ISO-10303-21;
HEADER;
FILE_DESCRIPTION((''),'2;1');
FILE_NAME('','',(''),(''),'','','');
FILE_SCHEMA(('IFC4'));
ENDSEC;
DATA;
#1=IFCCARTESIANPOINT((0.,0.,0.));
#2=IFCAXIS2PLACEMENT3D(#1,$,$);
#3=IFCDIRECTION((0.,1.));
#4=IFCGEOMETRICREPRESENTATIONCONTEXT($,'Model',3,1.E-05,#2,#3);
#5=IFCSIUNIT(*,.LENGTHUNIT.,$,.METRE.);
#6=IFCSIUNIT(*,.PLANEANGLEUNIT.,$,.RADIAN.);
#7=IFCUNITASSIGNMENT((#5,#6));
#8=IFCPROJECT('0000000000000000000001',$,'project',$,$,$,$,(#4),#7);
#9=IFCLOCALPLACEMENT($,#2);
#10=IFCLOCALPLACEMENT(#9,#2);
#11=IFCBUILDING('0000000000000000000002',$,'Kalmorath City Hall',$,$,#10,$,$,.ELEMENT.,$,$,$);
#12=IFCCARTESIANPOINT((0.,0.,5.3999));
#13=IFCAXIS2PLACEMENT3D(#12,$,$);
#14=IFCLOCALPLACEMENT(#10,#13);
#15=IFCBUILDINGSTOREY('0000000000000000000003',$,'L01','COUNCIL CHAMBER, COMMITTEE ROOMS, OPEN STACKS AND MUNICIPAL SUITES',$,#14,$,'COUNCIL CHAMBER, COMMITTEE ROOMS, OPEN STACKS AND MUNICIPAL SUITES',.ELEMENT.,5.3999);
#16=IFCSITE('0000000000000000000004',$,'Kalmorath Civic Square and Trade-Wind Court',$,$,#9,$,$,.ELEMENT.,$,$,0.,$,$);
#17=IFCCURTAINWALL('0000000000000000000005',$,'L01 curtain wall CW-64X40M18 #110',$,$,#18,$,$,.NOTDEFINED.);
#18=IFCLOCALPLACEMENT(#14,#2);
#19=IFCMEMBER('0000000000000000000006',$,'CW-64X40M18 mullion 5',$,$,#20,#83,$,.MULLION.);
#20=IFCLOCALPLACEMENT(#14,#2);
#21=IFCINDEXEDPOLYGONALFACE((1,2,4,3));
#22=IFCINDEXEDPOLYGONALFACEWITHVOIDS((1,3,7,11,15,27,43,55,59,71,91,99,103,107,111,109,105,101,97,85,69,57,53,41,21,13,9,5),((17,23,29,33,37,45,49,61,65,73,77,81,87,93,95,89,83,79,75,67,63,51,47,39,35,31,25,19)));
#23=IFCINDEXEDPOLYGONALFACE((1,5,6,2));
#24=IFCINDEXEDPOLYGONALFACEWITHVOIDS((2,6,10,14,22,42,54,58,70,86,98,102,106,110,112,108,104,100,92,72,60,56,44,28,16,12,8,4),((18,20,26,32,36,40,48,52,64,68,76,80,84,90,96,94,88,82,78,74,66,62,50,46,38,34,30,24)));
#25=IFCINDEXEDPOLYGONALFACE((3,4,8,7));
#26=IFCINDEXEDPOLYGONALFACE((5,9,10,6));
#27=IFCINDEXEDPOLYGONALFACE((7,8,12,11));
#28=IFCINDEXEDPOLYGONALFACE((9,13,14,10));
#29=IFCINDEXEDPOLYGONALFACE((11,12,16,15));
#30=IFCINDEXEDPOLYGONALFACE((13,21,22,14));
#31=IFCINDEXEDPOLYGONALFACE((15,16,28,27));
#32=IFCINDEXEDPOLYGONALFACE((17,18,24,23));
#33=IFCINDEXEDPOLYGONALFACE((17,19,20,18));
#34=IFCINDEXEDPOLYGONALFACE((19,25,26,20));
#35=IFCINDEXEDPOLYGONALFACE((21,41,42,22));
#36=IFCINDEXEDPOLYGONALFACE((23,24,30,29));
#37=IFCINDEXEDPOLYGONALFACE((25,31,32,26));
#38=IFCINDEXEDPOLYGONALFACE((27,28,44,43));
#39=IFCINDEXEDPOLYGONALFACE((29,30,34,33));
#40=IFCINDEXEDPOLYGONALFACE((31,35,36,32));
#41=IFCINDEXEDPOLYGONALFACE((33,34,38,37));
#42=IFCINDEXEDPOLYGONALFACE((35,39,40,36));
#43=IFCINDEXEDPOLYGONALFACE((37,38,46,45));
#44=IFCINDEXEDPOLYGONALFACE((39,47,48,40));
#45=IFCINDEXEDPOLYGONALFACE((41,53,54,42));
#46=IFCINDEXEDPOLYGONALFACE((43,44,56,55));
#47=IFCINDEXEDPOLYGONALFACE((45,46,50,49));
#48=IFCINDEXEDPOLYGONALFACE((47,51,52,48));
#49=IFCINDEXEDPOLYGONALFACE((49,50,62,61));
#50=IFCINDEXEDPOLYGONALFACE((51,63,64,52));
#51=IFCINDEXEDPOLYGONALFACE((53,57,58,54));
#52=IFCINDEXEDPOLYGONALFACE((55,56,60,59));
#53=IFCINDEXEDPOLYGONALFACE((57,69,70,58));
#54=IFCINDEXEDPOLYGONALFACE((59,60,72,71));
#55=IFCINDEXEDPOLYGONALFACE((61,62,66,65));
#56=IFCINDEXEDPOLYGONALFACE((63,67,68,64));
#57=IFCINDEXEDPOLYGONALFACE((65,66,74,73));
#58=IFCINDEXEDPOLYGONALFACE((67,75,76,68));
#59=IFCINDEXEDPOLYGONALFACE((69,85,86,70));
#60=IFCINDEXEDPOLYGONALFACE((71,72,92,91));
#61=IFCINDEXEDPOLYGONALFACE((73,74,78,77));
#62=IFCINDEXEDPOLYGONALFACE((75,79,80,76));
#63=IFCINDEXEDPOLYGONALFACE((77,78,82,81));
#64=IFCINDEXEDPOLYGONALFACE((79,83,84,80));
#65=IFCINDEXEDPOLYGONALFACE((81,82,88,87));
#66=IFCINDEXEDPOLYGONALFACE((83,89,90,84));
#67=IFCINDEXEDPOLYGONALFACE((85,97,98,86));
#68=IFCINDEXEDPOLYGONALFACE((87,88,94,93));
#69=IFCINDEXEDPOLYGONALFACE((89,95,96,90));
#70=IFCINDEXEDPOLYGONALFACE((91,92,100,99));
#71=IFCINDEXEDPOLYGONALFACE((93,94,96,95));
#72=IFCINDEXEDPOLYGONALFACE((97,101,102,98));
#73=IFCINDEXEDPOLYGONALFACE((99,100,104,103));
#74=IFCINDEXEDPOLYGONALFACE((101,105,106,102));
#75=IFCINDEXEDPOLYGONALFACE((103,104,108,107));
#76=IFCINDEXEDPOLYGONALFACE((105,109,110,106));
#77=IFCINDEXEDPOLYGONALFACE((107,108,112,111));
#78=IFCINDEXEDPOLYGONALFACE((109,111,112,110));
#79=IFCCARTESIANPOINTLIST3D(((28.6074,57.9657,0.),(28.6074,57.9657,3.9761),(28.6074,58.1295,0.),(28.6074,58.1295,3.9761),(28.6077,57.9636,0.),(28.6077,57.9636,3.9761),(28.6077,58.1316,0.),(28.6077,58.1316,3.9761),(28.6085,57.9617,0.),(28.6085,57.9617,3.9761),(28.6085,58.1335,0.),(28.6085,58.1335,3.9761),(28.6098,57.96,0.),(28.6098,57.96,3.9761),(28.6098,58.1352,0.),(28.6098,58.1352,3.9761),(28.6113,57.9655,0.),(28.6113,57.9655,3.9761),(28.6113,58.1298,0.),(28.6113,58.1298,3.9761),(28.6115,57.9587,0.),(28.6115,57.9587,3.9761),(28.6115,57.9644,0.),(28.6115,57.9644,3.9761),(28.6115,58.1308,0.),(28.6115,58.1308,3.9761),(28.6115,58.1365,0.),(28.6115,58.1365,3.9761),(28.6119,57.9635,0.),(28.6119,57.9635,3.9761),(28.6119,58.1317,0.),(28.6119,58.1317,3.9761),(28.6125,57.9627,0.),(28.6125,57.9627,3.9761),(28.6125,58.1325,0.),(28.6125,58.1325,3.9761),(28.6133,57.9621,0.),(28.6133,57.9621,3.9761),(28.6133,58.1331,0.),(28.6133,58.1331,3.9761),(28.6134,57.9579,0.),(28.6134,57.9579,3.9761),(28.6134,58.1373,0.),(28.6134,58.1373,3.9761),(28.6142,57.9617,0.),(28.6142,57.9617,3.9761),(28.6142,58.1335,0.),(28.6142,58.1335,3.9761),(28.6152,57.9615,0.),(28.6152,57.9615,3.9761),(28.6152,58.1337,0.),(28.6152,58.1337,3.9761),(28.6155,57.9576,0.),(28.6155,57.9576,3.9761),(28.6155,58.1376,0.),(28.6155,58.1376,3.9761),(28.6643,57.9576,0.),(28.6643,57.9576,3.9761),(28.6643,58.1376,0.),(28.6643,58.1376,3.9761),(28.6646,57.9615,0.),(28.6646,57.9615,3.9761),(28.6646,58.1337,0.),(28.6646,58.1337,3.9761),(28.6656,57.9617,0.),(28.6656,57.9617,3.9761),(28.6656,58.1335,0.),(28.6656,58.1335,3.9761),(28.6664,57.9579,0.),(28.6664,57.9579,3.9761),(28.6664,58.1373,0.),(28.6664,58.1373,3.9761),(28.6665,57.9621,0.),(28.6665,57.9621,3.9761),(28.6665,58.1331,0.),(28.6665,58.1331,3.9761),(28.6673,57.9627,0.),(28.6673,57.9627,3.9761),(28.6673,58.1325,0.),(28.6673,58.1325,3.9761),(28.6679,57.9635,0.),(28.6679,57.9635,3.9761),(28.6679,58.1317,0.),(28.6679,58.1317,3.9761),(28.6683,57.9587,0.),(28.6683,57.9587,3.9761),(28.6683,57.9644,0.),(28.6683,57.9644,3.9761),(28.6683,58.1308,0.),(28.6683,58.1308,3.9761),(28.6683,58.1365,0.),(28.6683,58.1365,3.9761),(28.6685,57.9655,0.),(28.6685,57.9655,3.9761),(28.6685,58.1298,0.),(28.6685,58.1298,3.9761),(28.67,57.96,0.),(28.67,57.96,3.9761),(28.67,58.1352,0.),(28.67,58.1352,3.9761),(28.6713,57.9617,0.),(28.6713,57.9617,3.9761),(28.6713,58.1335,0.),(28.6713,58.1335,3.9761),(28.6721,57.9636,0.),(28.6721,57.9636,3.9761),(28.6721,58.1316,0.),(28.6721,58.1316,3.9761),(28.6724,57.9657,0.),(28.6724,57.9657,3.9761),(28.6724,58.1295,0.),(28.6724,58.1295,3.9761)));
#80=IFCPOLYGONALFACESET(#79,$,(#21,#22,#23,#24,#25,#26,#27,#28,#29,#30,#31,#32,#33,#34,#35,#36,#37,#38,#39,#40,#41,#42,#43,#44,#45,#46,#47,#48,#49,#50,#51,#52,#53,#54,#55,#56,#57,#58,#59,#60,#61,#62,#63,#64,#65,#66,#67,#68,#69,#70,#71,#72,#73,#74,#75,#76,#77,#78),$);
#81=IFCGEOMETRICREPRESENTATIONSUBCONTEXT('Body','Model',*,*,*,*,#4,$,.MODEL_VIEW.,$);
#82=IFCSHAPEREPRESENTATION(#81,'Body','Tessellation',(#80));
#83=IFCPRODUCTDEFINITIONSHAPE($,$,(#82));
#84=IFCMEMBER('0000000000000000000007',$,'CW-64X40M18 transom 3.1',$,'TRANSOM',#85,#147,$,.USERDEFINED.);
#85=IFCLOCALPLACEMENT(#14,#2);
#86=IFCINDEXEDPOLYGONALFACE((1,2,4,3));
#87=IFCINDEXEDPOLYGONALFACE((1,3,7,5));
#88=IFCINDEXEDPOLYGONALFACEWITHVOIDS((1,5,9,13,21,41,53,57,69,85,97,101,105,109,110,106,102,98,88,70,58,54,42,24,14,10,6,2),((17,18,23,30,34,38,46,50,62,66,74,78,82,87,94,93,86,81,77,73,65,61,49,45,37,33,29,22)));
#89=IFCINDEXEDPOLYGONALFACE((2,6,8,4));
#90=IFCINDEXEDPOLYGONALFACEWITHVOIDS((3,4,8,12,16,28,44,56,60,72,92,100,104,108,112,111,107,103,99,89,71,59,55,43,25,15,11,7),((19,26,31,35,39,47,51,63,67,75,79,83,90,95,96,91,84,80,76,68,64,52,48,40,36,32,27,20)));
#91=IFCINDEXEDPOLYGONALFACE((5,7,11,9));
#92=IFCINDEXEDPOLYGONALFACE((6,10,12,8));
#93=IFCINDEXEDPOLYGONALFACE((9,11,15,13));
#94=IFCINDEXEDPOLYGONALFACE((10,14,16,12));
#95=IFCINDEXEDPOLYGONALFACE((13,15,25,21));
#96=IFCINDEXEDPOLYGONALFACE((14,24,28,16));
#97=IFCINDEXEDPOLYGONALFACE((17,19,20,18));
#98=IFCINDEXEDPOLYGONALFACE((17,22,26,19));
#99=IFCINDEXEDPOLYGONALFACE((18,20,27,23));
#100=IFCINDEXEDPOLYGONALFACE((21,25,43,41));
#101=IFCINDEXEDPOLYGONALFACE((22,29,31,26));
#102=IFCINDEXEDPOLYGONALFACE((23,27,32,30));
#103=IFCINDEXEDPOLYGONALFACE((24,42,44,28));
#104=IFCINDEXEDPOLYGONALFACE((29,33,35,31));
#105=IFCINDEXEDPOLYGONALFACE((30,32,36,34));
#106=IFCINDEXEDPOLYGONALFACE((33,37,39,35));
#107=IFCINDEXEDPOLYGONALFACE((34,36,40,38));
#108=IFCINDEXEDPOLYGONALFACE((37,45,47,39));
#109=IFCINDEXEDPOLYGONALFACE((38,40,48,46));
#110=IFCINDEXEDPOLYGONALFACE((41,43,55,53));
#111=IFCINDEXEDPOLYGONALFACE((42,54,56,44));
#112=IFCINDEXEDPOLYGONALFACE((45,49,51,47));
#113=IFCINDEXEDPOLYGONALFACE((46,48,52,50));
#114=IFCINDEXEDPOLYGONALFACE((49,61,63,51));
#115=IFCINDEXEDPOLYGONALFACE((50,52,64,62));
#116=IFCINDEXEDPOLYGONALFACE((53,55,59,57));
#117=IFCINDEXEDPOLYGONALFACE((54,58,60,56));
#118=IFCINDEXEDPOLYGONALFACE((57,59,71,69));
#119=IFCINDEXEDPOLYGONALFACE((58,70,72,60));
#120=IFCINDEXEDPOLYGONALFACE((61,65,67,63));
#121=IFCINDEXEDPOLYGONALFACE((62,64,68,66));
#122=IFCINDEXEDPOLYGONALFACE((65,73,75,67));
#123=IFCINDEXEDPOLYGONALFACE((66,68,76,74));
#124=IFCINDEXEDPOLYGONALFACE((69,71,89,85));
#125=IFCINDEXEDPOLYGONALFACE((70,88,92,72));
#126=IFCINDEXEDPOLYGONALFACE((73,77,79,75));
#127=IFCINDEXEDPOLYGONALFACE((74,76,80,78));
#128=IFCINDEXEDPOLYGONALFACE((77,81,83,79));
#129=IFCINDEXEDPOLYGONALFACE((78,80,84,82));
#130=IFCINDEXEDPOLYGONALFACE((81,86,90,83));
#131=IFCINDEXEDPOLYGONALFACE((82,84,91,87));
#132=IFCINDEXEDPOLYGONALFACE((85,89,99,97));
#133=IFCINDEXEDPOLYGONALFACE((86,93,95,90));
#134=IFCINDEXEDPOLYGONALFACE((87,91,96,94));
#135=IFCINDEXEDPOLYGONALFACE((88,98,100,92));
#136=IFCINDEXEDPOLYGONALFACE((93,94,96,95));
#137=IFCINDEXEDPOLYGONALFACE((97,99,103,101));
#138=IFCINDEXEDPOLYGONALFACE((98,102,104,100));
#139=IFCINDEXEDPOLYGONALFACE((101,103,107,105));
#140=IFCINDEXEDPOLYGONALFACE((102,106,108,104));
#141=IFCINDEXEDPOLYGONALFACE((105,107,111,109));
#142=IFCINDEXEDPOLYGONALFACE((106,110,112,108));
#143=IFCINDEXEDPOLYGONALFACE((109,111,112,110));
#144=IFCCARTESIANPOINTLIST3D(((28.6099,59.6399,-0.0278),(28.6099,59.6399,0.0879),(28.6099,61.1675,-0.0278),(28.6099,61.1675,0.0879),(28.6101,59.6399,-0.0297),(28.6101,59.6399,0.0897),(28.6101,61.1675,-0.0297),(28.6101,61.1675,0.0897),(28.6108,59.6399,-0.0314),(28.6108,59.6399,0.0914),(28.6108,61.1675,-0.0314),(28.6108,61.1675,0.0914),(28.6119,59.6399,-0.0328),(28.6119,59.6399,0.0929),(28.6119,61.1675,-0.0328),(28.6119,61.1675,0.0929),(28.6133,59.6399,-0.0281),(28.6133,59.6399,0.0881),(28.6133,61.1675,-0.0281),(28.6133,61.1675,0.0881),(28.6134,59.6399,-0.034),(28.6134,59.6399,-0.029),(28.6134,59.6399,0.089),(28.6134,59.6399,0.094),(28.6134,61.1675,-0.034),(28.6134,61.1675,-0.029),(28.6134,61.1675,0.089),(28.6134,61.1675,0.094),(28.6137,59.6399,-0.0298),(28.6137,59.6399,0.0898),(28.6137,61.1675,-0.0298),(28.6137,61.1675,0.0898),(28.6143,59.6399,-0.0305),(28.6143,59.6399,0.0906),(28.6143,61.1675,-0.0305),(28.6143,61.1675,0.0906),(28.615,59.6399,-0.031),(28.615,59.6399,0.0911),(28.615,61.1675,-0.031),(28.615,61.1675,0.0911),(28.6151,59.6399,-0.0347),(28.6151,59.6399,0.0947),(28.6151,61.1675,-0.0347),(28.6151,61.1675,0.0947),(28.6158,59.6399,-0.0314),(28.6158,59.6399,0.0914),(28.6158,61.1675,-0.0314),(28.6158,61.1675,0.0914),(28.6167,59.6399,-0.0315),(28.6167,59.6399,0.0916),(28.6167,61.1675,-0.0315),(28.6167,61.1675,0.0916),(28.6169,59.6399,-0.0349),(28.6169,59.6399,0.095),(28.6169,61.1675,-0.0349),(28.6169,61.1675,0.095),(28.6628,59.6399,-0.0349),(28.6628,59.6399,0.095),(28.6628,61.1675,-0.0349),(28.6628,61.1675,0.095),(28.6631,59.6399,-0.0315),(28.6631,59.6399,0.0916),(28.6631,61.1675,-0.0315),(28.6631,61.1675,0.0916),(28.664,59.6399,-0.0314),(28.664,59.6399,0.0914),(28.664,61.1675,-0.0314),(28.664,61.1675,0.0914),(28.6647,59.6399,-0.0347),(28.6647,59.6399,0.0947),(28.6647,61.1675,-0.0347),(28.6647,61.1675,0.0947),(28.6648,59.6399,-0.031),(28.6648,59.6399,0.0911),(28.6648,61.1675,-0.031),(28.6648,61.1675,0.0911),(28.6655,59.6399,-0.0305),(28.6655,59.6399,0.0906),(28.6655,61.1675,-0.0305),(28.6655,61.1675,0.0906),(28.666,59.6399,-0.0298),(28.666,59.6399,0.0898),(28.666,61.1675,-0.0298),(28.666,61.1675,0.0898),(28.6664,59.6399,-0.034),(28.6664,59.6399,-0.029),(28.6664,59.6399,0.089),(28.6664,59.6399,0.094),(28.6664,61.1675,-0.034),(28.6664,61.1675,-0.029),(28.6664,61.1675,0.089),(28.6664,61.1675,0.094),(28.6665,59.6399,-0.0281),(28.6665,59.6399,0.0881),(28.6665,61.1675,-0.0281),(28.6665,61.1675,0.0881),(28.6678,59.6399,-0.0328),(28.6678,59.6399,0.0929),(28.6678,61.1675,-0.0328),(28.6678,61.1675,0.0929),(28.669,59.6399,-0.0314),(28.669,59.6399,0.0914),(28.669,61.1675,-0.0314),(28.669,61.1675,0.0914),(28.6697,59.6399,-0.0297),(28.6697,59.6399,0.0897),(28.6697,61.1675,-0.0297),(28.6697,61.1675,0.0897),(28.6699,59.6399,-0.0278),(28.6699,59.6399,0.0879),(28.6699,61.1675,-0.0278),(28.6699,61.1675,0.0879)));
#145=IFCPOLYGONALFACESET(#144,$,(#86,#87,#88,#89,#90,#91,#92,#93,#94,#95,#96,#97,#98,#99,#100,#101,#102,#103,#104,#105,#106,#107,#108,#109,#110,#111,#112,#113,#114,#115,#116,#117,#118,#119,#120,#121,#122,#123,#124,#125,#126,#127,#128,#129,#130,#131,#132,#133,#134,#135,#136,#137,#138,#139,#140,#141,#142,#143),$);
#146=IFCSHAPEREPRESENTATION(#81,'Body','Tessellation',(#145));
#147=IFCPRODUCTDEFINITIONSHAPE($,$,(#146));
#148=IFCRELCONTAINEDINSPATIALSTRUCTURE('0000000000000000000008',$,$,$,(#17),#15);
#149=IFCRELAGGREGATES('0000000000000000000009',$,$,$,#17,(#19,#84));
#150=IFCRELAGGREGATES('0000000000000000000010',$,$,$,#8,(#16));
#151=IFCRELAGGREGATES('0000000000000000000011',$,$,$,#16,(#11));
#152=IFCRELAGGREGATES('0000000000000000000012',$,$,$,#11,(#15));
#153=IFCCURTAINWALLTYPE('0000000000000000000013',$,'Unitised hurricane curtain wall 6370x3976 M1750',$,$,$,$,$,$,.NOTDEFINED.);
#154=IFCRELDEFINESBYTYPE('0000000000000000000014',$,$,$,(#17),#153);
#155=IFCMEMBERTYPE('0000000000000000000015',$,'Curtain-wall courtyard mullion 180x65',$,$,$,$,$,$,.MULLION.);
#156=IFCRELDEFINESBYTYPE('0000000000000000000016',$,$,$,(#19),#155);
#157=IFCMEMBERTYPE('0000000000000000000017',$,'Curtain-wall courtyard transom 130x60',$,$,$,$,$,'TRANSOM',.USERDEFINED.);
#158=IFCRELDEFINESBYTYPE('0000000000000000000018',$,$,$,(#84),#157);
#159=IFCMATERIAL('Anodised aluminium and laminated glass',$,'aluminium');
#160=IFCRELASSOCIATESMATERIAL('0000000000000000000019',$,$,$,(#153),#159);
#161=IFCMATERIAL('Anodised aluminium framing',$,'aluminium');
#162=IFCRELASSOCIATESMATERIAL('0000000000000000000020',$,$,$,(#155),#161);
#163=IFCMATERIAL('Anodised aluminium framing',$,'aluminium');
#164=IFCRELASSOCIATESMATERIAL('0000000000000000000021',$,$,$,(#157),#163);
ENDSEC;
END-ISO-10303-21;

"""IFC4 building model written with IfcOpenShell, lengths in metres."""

from ifc_helpers import new_model, si_unit, direction, frame, origin, origin_2d, place, context, subcontext, project, spatial, hollow_rectangle, extrude, material, material_profile, profile_set, type_object, element, aggregate, save


model = new_model("IFC4")

# Units and contexts
model_context = context("Model", 3, precision=1e-05, world=origin(), true_north=direction((0.0, 1.0)))
body_context = subcontext(model_context, "Body", "Model", "MODEL_VIEW")
ifc_project = project(units=[si_unit("LENGTHUNIT", "METRE"), si_unit("PLANEANGLEUNIT", "RADIAN")], contexts=[model_context])

# Site, building, storey
site_placement = place(None, origin())
site = spatial("IfcSite", under=ifc_project, at=site_placement, Name="Kalmorath Civic Square and Trade-Wind Court", CompositionType="ELEMENT", RefElevation=0.0)
building_placement = place(site_placement, origin())
building = spatial("IfcBuilding", under=site, at=building_placement, Name="Kalmorath City Hall", CompositionType="ELEMENT")
storey_placement = place(building_placement, frame((0.0, 0.0, 5.3999)))
storey = spatial("IfcBuildingStorey", under=building, at=storey_placement, Name="L01", Description="COUNCIL CHAMBER, COMMITTEE ROOMS, OPEN STACKS AND MUNICIPAL SUITES", LongName="COUNCIL CHAMBER, COMMITTEE ROOMS, OPEN STACKS AND MUNICIPAL SUITES", CompositionType="ELEMENT", Elevation=5.3999)

# Curtain wall, members
ifc_material_1 = material(Name="Anodised aluminium and laminated glass", Category="aluminium")
curtain_wall_type = type_object("IfcCurtainWallType", Name="Unitised hurricane curtain wall 6370x3976 M1750", PredefinedType="NOTDEFINED", material=ifc_material_1)
curtain_wall_placement = place(storey_placement, origin())
curtain_wall = element("IfcCurtainWall", 1, at=curtain_wall_placement, inside=storey, type_object=curtain_wall_type, Name="L01 curtain wall CW-64X40M18 #110", PredefinedType="NOTDEFINED")
ifc_material_2 = material(Name="Anodised aluminium framing", Category="aluminium")
ifc_material_profile_1 = material_profile(ifc_material_2, hollow_rectangle(XDim=0.0649, YDim=0.1799, WallThickness=0.0039, InnerFilletRadius=0.0039, OuterFilletRadius=0.0081, at=origin_2d()), Name="ALU-MUL-180X65X4")
ifc_profile_set_1 = profile_set([ifc_material_profile_1], Name="Anodised aluminium framing")
member_type_1 = type_object("IfcMemberType", Name="Curtain-wall courtyard mullion 180x65", PredefinedType="MULLION", material=ifc_profile_set_1)
member_1_placement = place(storey_placement, frame((28.6399, 58.0476, 0.0), z_axis=(0.0, 0.0, 1.0), x_axis=(1.0, 0.0, 0.0)))
member_1 = element("IfcMember", 2, at=member_1_placement, type_object=member_type_1, Name="CW-64X40M18 mullion 5", PredefinedType="MULLION", context=body_context, shape_type="SweptSolid", body=[
    extrude(hollow_rectangle(XDim=0.0649, YDim=0.1799, WallThickness=0.0039, InnerFilletRadius=0.0039, OuterFilletRadius=0.0081, at=origin_2d()), origin(), (0.0, 0.0, 1.0), 3.9761),
])
ifc_material_3 = material(Name="Anodised aluminium framing", Category="aluminium")
ifc_material_profile_2 = material_profile(ifc_material_3, hollow_rectangle(XDim=0.0601, YDim=0.1299, WallThickness=0.0034, InnerFilletRadius=0.0034, OuterFilletRadius=0.0071, at=origin_2d()), Name="ALU-TRN-130X60X3.5")
ifc_profile_set_2 = profile_set([ifc_material_profile_2], Name="Anodised aluminium framing")
member_type_2 = type_object("IfcMemberType", Name="Curtain-wall courtyard transom 130x60", ElementType="TRANSOM", PredefinedType="USERDEFINED", material=ifc_profile_set_2)
member_2_placement = place(storey_placement, frame((28.6399, 61.1675, 0.03), z_axis=(0.0, -1.0, 0.0), x_axis=(1.0, 0.0, 0.0)))
member_2 = element("IfcMember", 3, at=member_2_placement, type_object=member_type_2, Name="CW-64X40M18 transom 3.1", ObjectType="TRANSOM", PredefinedType="USERDEFINED", context=body_context, shape_type="SweptSolid", body=[
    extrude(hollow_rectangle(XDim=0.0601, YDim=0.1299, WallThickness=0.0034, InnerFilletRadius=0.0034, OuterFilletRadius=0.0071, at=origin_2d()), origin(), (0.0, 0.0, 1.0), 1.5276),
])

aggregate(curtain_wall, [member_1, member_2])

save(model, "model.ifc")
